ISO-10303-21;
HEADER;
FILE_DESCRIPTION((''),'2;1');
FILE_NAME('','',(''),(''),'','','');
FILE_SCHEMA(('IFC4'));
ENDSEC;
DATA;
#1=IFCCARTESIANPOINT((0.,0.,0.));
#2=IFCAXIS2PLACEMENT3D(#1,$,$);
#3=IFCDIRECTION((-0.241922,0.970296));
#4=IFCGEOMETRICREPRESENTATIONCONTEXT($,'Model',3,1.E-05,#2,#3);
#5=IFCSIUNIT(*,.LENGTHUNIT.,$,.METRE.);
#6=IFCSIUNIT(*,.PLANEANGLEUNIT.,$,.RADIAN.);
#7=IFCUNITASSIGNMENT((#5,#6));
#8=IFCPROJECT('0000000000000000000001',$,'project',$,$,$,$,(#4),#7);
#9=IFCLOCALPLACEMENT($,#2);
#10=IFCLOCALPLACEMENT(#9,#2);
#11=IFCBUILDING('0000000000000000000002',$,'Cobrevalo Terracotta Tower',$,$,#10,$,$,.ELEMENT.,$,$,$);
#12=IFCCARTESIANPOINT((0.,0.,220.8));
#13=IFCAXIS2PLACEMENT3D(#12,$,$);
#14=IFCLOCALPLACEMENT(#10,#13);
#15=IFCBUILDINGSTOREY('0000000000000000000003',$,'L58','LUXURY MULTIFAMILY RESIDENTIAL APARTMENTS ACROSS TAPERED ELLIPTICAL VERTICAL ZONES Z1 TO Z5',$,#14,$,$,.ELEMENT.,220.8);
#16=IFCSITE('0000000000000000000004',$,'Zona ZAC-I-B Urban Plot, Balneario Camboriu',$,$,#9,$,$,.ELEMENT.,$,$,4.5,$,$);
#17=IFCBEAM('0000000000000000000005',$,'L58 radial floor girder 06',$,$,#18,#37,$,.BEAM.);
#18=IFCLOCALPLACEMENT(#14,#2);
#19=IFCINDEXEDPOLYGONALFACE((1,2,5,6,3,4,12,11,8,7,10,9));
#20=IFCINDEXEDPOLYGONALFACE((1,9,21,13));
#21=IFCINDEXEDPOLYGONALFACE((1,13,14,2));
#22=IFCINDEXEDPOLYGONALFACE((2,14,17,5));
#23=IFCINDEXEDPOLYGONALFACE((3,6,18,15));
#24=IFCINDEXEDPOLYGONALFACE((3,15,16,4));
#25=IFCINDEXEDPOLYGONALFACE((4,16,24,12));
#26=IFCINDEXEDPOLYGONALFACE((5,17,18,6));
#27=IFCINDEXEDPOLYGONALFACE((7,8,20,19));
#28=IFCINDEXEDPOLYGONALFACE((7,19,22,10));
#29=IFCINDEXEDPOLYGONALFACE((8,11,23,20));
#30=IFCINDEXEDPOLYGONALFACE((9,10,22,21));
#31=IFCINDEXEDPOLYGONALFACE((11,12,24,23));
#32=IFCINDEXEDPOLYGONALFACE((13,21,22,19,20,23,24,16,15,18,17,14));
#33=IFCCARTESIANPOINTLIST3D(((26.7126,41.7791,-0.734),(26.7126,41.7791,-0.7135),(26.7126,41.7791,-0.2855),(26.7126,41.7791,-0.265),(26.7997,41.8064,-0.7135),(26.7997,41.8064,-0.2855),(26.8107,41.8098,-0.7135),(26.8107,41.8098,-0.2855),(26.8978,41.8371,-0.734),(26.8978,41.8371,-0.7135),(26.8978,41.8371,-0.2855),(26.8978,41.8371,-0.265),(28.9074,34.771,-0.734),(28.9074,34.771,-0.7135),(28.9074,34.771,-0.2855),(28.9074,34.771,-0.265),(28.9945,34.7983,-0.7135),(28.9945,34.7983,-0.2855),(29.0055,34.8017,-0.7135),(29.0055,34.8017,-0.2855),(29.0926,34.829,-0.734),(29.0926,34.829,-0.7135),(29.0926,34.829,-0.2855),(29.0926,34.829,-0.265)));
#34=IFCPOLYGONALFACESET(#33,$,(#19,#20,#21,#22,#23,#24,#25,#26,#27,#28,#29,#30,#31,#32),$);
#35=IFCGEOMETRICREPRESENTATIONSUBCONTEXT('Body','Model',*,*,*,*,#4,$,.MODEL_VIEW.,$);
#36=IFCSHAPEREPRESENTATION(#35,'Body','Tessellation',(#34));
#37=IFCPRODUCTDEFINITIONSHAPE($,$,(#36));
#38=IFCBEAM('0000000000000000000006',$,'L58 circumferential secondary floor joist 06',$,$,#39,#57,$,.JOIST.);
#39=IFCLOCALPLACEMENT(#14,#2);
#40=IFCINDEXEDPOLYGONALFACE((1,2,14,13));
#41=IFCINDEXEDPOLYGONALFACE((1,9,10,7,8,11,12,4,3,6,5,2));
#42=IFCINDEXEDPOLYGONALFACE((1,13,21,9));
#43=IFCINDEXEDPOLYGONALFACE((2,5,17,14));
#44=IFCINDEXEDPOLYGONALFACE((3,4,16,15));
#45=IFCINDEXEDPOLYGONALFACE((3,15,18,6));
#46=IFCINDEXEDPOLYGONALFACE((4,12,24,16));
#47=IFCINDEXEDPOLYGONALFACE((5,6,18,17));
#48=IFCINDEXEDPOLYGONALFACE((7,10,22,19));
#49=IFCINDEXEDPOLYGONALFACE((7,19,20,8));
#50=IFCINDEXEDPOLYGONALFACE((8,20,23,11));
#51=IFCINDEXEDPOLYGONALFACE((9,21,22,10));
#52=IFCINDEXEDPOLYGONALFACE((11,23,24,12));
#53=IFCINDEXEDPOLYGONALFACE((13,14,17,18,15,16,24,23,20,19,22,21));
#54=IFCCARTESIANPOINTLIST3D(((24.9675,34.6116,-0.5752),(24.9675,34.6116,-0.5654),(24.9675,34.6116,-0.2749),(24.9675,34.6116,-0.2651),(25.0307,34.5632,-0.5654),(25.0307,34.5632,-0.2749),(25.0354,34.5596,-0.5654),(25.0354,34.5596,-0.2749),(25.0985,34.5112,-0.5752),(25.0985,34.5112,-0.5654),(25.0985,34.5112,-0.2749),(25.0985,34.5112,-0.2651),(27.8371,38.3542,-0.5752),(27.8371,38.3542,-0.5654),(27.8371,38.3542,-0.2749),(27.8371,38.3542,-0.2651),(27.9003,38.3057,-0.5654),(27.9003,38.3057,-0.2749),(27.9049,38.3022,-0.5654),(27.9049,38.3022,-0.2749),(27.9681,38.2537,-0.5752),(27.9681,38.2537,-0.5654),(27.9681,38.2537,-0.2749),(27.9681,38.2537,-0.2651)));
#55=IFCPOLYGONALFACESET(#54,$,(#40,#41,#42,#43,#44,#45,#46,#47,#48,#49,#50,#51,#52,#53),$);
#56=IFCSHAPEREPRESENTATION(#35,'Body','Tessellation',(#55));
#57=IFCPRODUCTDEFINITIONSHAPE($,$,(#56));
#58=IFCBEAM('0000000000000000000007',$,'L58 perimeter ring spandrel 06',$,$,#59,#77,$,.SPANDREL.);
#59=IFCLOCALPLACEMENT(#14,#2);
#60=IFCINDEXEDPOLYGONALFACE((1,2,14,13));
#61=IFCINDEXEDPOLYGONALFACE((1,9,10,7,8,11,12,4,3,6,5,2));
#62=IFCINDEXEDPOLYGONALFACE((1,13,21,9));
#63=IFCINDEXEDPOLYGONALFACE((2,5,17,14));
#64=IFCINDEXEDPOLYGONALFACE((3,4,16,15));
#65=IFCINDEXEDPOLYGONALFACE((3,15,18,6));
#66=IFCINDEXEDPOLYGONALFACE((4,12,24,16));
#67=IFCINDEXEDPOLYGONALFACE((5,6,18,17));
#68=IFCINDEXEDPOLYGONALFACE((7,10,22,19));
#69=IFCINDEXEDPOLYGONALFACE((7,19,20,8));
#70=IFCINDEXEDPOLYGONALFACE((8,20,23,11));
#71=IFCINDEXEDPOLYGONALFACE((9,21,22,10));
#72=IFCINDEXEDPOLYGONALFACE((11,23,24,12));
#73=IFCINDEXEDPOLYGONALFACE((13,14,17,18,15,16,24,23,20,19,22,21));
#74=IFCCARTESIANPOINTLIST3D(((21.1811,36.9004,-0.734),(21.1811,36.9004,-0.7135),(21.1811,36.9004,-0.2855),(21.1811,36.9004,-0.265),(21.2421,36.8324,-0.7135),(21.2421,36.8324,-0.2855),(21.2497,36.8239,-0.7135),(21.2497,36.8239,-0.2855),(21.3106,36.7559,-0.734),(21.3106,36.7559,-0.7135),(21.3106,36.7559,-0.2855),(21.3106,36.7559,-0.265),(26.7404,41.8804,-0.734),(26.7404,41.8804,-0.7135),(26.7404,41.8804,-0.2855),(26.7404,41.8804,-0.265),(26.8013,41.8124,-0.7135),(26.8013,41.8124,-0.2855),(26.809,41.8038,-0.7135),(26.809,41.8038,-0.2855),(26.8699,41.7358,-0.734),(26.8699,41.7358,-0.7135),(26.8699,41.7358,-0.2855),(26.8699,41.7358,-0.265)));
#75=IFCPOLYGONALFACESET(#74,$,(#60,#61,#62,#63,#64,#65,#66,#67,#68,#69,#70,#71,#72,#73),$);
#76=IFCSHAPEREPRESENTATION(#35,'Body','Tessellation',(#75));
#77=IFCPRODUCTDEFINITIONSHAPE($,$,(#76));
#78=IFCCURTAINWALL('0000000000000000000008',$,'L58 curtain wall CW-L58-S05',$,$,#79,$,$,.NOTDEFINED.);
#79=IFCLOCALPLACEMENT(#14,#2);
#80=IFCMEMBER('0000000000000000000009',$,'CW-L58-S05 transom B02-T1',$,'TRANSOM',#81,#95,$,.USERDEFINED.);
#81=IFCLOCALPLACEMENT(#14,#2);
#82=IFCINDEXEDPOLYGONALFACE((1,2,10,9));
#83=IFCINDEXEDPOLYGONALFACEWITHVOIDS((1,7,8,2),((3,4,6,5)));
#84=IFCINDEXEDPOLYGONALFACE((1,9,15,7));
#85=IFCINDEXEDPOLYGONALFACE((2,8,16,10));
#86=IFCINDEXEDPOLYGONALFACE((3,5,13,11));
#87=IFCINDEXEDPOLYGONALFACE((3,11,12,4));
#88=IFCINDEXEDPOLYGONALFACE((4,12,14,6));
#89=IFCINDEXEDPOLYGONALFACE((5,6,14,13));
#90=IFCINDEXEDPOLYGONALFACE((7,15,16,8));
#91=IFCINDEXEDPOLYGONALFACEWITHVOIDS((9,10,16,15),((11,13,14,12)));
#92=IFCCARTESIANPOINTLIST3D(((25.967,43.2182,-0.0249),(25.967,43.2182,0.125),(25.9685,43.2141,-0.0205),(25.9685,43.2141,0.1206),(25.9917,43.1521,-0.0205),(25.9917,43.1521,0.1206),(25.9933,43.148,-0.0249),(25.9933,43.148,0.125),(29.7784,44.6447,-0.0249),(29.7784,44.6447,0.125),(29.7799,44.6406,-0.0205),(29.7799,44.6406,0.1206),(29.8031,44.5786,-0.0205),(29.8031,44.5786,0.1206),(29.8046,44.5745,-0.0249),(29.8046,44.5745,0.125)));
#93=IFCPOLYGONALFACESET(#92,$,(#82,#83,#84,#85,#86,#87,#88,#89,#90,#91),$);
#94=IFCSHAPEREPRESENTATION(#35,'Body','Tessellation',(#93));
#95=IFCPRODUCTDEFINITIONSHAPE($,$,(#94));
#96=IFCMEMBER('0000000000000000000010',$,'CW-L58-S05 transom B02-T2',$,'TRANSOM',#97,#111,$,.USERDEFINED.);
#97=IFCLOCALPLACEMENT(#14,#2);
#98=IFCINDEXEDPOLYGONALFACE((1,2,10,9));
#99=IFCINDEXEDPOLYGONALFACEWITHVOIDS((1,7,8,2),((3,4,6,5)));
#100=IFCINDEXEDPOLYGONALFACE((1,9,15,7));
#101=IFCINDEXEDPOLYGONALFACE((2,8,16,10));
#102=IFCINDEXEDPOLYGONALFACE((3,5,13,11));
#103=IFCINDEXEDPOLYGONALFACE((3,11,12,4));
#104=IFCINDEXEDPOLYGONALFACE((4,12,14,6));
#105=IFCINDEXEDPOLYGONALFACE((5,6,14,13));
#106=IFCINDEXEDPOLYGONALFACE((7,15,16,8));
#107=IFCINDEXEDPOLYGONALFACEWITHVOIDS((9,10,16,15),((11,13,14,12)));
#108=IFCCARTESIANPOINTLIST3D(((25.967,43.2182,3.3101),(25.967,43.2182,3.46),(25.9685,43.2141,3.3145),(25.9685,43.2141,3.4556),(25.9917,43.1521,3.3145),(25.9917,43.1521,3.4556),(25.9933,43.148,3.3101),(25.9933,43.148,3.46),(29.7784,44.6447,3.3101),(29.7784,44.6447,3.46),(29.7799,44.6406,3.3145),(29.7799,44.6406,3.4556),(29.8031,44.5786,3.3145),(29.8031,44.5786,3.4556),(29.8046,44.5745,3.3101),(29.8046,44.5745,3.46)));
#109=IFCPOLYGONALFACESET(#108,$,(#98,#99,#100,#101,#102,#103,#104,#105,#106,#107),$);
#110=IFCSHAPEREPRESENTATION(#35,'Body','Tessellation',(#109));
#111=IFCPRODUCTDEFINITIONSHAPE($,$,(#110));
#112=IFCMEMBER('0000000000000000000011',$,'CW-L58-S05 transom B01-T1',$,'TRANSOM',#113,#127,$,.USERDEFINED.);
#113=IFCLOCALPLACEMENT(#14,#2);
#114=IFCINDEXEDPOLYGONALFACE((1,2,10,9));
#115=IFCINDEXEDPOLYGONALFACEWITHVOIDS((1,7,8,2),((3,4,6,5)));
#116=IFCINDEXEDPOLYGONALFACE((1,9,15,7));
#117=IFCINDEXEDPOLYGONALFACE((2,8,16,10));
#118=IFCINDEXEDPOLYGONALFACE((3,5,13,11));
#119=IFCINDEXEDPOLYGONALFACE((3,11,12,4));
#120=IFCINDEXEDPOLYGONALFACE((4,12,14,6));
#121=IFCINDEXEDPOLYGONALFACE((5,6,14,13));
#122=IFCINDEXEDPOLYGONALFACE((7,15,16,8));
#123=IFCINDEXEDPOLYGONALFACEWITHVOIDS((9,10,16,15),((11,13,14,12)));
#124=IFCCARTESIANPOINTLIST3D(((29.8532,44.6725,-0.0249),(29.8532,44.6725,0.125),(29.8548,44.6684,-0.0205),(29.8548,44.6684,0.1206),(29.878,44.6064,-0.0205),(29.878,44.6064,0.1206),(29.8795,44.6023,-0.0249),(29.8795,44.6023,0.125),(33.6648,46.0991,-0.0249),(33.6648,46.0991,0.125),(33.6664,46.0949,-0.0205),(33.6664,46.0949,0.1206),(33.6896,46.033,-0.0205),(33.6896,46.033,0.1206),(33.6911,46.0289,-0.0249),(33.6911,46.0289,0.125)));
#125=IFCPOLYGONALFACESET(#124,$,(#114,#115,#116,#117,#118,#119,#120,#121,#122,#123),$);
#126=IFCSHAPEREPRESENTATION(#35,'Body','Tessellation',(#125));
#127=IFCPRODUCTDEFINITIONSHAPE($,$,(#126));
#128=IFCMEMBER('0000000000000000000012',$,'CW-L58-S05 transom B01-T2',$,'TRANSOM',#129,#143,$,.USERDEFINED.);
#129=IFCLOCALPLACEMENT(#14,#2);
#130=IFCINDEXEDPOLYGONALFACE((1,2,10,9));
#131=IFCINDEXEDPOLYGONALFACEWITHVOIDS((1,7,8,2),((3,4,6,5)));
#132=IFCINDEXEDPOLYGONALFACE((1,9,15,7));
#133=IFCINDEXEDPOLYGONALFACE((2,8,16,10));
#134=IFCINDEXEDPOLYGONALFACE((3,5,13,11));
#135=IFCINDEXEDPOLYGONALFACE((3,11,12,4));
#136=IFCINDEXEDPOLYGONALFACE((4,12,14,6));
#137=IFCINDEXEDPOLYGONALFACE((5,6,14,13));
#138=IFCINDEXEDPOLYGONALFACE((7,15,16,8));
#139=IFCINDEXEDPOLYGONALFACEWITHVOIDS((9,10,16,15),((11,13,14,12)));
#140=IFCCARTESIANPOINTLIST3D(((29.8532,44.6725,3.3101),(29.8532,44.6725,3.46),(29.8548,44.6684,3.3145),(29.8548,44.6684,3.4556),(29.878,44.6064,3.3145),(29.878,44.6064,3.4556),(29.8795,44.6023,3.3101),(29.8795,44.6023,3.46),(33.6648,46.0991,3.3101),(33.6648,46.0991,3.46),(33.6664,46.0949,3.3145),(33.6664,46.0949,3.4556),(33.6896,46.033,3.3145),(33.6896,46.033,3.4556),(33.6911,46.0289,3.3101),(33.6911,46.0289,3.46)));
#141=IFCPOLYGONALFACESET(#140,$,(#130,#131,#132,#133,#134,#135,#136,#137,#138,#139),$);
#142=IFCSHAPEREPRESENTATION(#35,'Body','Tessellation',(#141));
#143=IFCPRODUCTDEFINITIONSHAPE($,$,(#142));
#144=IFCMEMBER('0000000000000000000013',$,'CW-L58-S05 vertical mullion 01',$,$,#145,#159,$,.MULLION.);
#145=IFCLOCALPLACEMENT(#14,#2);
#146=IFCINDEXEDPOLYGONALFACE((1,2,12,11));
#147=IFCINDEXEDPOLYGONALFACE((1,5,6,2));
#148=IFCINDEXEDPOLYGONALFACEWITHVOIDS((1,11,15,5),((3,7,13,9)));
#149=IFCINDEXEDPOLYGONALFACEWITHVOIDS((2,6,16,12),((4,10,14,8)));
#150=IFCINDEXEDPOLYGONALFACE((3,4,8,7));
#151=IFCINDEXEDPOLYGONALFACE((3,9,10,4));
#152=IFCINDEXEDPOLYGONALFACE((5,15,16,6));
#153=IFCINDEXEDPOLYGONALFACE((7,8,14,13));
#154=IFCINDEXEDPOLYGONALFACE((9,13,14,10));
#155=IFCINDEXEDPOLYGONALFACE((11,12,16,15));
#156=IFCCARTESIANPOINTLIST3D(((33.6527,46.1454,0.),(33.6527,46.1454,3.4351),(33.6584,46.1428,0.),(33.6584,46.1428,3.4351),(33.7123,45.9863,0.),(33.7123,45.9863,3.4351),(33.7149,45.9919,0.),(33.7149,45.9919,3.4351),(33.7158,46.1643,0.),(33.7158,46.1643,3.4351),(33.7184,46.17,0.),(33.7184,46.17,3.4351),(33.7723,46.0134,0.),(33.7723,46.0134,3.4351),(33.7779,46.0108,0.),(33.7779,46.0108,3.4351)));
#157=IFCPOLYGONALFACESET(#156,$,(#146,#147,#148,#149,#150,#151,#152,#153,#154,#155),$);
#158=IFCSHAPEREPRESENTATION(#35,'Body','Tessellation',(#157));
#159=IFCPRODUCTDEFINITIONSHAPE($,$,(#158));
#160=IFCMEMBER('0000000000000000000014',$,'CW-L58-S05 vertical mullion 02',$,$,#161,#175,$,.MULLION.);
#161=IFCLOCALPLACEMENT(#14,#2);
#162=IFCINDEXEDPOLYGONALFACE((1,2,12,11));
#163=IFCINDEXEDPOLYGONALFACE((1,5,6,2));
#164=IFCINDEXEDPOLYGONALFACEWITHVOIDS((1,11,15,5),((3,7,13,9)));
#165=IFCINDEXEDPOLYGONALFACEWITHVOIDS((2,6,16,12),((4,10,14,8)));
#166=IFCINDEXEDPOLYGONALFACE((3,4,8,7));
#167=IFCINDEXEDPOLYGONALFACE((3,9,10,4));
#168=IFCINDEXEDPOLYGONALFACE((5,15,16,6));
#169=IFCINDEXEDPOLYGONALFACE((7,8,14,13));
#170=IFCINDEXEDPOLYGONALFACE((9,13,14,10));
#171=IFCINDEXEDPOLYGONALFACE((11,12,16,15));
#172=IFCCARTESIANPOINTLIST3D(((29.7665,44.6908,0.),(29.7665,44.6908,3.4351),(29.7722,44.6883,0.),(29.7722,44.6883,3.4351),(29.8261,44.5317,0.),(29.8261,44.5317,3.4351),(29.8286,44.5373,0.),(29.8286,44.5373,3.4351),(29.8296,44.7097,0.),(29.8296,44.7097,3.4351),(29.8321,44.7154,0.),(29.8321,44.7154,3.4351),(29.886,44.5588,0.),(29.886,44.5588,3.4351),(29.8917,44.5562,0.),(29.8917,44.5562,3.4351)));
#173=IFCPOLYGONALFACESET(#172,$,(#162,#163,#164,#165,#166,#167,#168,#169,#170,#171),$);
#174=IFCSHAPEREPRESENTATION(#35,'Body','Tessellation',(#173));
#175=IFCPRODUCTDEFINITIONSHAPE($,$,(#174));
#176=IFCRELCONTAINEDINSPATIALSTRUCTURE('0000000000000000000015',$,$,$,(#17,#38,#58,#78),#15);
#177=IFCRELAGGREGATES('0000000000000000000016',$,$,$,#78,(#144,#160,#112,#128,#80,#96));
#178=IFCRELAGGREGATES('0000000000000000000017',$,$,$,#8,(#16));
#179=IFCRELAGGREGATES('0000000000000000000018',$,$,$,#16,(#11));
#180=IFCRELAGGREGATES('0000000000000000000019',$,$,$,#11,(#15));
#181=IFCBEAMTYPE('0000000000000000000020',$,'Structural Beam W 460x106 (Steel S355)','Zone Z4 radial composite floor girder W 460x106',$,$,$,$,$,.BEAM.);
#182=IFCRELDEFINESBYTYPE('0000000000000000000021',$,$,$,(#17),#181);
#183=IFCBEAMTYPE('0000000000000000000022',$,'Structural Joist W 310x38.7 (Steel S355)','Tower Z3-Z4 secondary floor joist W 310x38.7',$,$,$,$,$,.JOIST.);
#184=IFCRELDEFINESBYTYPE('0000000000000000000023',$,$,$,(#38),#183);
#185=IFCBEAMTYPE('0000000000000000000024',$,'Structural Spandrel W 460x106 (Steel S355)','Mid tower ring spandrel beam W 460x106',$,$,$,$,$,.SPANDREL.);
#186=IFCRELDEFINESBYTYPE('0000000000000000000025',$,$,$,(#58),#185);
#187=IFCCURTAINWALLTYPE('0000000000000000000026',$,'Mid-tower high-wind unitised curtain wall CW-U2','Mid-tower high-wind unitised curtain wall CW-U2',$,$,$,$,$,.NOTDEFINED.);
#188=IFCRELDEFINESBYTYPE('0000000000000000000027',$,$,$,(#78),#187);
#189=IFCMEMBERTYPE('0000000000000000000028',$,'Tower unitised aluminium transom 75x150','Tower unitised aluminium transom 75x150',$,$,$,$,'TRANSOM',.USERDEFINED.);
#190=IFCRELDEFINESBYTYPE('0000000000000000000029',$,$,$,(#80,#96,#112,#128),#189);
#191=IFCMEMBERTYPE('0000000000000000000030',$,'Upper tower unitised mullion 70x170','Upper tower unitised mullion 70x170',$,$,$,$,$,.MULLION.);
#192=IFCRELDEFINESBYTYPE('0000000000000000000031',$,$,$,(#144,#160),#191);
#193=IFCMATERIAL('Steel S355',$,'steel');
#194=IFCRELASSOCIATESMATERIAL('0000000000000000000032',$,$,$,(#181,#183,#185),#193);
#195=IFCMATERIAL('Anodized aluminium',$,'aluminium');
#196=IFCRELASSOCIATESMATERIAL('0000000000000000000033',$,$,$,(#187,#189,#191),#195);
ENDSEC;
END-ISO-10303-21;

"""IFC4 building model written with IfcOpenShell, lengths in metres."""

from ifc_helpers import new_model, si_unit, direction, frame, origin, origin_2d, place, context, subcontext, project, spatial, hollow_rectangle, i_section, extrude, source, transform, mapped, material, material_profile, profile_set, type_object, element, aggregate, save


model = new_model("IFC4")

# Units and contexts
model_context = context("Model", 3, precision=1e-05, world=origin(), true_north=direction((-0.241922, 0.970296)))
body_context = subcontext(model_context, "Body", "Model", "MODEL_VIEW")
ifc_project = project(units=[si_unit("LENGTHUNIT", "METRE"), si_unit("PLANEANGLEUNIT", "RADIAN")], contexts=[model_context])

# Site, building, storey
site_placement = place(None, origin())
site = spatial("IfcSite", under=ifc_project, at=site_placement, Name="Zona ZAC-I-B Urban Plot, Balneario Camboriu", CompositionType="ELEMENT", RefElevation=4.5)
building_placement = place(site_placement, origin())
building = spatial("IfcBuilding", under=site, at=building_placement, Name="Cobrevalo Terracotta Tower", CompositionType="ELEMENT")
storey_placement = place(building_placement, frame((0.0, 0.0, 220.8)))
storey = spatial("IfcBuildingStorey", under=building, at=storey_placement, Name="L58", Description="LUXURY MULTIFAMILY RESIDENTIAL APARTMENTS ACROSS TAPERED ELLIPTICAL VERTICAL ZONES Z1 TO Z5", CompositionType="ELEMENT", Elevation=220.8)

# Shared definitions
ifc_material_1 = material(Name="Steel S355", Category="steel")

# Beams
ifc_material_profile_1 = material_profile(ifc_material_1, i_section(OverallWidth=0.1941, OverallDepth=0.469, WebThickness=0.0115, FlangeThickness=0.0205, at=origin_2d()), Name="W 460x106")
ifc_profile_set_1 = profile_set([ifc_material_profile_1], Name="Steel S355")
beam_type_1 = type_object("IfcBeamType", Name="Structural Beam W 460x106 (Steel S355)", Description="Zone Z4 radial composite floor girder W 460x106", PredefinedType="BEAM", material=ifc_profile_set_1)
beam_1_placement = place(storey_placement, frame((26.8052, 41.8081, -0.4995), z_axis=(0.298871, -0.954293, 0.0), x_axis=(0.954293, 0.298871, 0.0)))
element("IfcBeam", 1, at=beam_1_placement, inside=storey, type_object=beam_type_1, Name="L58 radial floor girder 06", PredefinedType="BEAM", context=body_context, shape_type="SweptSolid", body=[
    extrude(i_section(OverallWidth=0.1941, OverallDepth=0.469, WebThickness=0.0115, FlangeThickness=0.0205, at=origin_2d()), origin(), (0.0, 0.0, 1.0), 7.3438),
])
ifc_material_profile_2 = material_profile(ifc_material_1, i_section(OverallWidth=0.165, OverallDepth=0.3101, WebThickness=0.0059, FlangeThickness=0.0098, at=origin_2d()), Name="W 310x38.7")
ifc_profile_set_2 = profile_set([ifc_material_profile_2], Name="Steel S355")
beam_type_2 = type_object("IfcBeamType", Name="Structural Joist W 310x38.7 (Steel S355)", Description="Tower Z3-Z4 secondary floor joist W 310x38.7", PredefinedType="JOIST", material=ifc_profile_set_2)
beam_2_placement = place(storey_placement, frame((27.9026, 38.304, -0.4202), z_axis=(-0.608464, -0.793581, 0.0), x_axis=(0.793581, -0.608464, 0.0)))
element("IfcBeam", 2, at=beam_2_placement, inside=storey, type_object=beam_type_2, Name="L58 circumferential secondary floor joist 06", PredefinedType="JOIST", context=body_context, shape_type="SweptSolid", body=[
    extrude(i_section(OverallWidth=0.165, OverallDepth=0.3101, WebThickness=0.0059, FlangeThickness=0.0098, at=origin_2d()), origin(), (0.0, 0.0, 1.0), 4.7161),
])
ifc_material_profile_3 = material_profile(ifc_material_1, i_section(OverallWidth=0.1941, OverallDepth=0.469, WebThickness=0.0115, FlangeThickness=0.0205, at=origin_2d()), Name="W 460x106")
ifc_profile_set_3 = profile_set([ifc_material_profile_3], Name="Steel S355")
beam_type_3 = type_object("IfcBeamType", Name="Structural Spandrel W 460x106 (Steel S355)", Description="Mid tower ring spandrel beam W 460x106", PredefinedType="SPANDREL", material=ifc_profile_set_3)
beam_3_placement = place(storey_placement, frame((26.8052, 41.8081, -0.4995), z_axis=(-0.744852, -0.66723, 0.0), x_axis=(0.66723, -0.744852, 0.0)))
element("IfcBeam", 3, at=beam_3_placement, inside=storey, type_object=beam_type_3, Name="L58 perimeter ring spandrel 06", PredefinedType="SPANDREL", context=body_context, shape_type="SweptSolid", body=[
    extrude(i_section(OverallWidth=0.1941, OverallDepth=0.469, WebThickness=0.0115, FlangeThickness=0.0205, at=origin_2d()), origin(), (0.0, 0.0, 1.0), 7.4636),
])

# Curtain wall, members
ifc_material_2 = material(Name="Anodized aluminium", Category="aluminium")
curtain_wall_type = type_object("IfcCurtainWallType", Name="Mid-tower high-wind unitised curtain wall CW-U2", Description="Mid-tower high-wind unitised curtain wall CW-U2", PredefinedType="NOTDEFINED", material=ifc_material_2)
curtain_wall_placement = place(storey_placement, origin())
curtain_wall = element("IfcCurtainWall", 4, at=curtain_wall_placement, inside=storey, type_object=curtain_wall_type, Name="L58 curtain wall CW-L58-S05", PredefinedType="NOTDEFINED")
ifc_material_profile_4 = material_profile(ifc_material_2, hollow_rectangle(XDim=0.075, YDim=0.1499, WallThickness=0.0044, at=origin_2d()), Name="CWT 75x150")
ifc_profile_set_4 = profile_set([ifc_material_profile_4], Name="Anodized aluminium")
member_type_1 = type_object("IfcMemberType", Name="Tower unitised aluminium transom 75x150", Description="Tower unitised aluminium transom 75x150", ElementType="TRANSOM", PredefinedType="USERDEFINED", material=ifc_profile_set_4)
shared_shape_1 = source(origin(), body_context, "Body", "SweptSolid", [
    extrude(hollow_rectangle(XDim=0.075, YDim=0.1499, WallThickness=0.0044, at=origin_2d()), origin(), (0.0, 0.0, 1.0), 4.0696),
])
member_1_placement = place(storey_placement, frame((29.7915, 44.6096, 0.05), z_axis=(-0.936548, -0.350538, 0.0), x_axis=(0.350538, -0.936548, 0.0)))
member_1 = element("IfcMember", 5, at=member_1_placement, type_object=member_type_1, Name="CW-L58-S05 transom B02-T1", ObjectType="TRANSOM", PredefinedType="USERDEFINED", context=body_context, shape_type="MappedRepresentation", body=[
    mapped(shared_shape_1, transform((0.0, 0.0, 0.0), scale=1.0)),
])
member_2_placement = place(storey_placement, frame((29.7915, 44.6096, 3.385), z_axis=(-0.936548, -0.350538, 0.0), x_axis=(0.350538, -0.936548, 0.0)))
member_2 = element("IfcMember", 6, at=member_2_placement, type_object=member_type_1, Name="CW-L58-S05 transom B02-T2", ObjectType="TRANSOM", PredefinedType="USERDEFINED", context=body_context, shape_type="MappedRepresentation", body=[
    mapped(shared_shape_1, transform((0.0, 0.0, 0.0), scale=1.0)),
])
shared_shape_2 = source(origin(), body_context, "Body", "SweptSolid", [
    extrude(hollow_rectangle(XDim=0.075, YDim=0.1499, WallThickness=0.0044, at=origin_2d()), origin(), (0.0, 0.0, 1.0), 4.0698),
])
member_3_placement = place(storey_placement, frame((33.678, 46.064, 0.05), z_axis=(-0.936556, -0.350519, 0.0), x_axis=(0.350519, -0.936556, 0.0)))
member_3 = element("IfcMember", 7, at=member_3_placement, type_object=member_type_1, Name="CW-L58-S05 transom B01-T1", ObjectType="TRANSOM", PredefinedType="USERDEFINED", context=body_context, shape_type="MappedRepresentation", body=[
    mapped(shared_shape_2, transform((0.0, 0.0, 0.0), scale=1.0)),
])
member_4_placement = place(storey_placement, frame((33.678, 46.064, 3.385), z_axis=(-0.936556, -0.350519, 0.0), x_axis=(0.350519, -0.936556, 0.0)))
member_4 = element("IfcMember", 8, at=member_4_placement, type_object=member_type_1, Name="CW-L58-S05 transom B01-T2", ObjectType="TRANSOM", PredefinedType="USERDEFINED", context=body_context, shape_type="MappedRepresentation", body=[
    mapped(shared_shape_2, transform((0.0, 0.0, 0.0), scale=1.0)),
])
ifc_material_profile_5 = material_profile(ifc_material_2, hollow_rectangle(XDim=0.0701, YDim=0.1699, WallThickness=0.0044, at=origin_2d()), Name="CWM 70x170")
ifc_profile_set_5 = profile_set([ifc_material_profile_5], Name="Anodized aluminium")
member_type_2 = type_object("IfcMemberType", Name="Upper tower unitised mullion 70x170", Description="Upper tower unitised mullion 70x170", PredefinedType="MULLION", material=ifc_profile_set_5)
shared_shape_3 = source(origin(), body_context, "Body", "SweptSolid", [
    extrude(hollow_rectangle(XDim=0.0701, YDim=0.1699, WallThickness=0.0044, at=origin_2d()), origin(), (0.0, 0.0, 1.0), 3.4351),
])
member_5_placement = place(storey_placement, frame((33.7153, 46.0781, 0.0), z_axis=(0.0, 0.0, 1.0), x_axis=(-0.936556, -0.350518, 0.0)))
member_5 = element("IfcMember", 9, at=member_5_placement, type_object=member_type_2, Name="CW-L58-S05 vertical mullion 01", PredefinedType="MULLION", context=body_context, shape_type="MappedRepresentation", body=[
    mapped(shared_shape_3, transform((0.0, 0.0, 0.0), scale=1.0)),
])
member_6_placement = place(storey_placement, frame((29.8291, 44.6235, 0.0), z_axis=(0.0, 0.0, 1.0), x_axis=(-0.936556, -0.350518, 0.0)))
member_6 = element("IfcMember", 10, at=member_6_placement, type_object=member_type_2, Name="CW-L58-S05 vertical mullion 02", PredefinedType="MULLION", context=body_context, shape_type="MappedRepresentation", body=[
    mapped(shared_shape_3, transform((0.0, 0.0, 0.0), scale=1.0)),
])
aggregate(curtain_wall, [member_5, member_6, member_3, member_4, member_1, member_2])

save(model, "model.ifc")
